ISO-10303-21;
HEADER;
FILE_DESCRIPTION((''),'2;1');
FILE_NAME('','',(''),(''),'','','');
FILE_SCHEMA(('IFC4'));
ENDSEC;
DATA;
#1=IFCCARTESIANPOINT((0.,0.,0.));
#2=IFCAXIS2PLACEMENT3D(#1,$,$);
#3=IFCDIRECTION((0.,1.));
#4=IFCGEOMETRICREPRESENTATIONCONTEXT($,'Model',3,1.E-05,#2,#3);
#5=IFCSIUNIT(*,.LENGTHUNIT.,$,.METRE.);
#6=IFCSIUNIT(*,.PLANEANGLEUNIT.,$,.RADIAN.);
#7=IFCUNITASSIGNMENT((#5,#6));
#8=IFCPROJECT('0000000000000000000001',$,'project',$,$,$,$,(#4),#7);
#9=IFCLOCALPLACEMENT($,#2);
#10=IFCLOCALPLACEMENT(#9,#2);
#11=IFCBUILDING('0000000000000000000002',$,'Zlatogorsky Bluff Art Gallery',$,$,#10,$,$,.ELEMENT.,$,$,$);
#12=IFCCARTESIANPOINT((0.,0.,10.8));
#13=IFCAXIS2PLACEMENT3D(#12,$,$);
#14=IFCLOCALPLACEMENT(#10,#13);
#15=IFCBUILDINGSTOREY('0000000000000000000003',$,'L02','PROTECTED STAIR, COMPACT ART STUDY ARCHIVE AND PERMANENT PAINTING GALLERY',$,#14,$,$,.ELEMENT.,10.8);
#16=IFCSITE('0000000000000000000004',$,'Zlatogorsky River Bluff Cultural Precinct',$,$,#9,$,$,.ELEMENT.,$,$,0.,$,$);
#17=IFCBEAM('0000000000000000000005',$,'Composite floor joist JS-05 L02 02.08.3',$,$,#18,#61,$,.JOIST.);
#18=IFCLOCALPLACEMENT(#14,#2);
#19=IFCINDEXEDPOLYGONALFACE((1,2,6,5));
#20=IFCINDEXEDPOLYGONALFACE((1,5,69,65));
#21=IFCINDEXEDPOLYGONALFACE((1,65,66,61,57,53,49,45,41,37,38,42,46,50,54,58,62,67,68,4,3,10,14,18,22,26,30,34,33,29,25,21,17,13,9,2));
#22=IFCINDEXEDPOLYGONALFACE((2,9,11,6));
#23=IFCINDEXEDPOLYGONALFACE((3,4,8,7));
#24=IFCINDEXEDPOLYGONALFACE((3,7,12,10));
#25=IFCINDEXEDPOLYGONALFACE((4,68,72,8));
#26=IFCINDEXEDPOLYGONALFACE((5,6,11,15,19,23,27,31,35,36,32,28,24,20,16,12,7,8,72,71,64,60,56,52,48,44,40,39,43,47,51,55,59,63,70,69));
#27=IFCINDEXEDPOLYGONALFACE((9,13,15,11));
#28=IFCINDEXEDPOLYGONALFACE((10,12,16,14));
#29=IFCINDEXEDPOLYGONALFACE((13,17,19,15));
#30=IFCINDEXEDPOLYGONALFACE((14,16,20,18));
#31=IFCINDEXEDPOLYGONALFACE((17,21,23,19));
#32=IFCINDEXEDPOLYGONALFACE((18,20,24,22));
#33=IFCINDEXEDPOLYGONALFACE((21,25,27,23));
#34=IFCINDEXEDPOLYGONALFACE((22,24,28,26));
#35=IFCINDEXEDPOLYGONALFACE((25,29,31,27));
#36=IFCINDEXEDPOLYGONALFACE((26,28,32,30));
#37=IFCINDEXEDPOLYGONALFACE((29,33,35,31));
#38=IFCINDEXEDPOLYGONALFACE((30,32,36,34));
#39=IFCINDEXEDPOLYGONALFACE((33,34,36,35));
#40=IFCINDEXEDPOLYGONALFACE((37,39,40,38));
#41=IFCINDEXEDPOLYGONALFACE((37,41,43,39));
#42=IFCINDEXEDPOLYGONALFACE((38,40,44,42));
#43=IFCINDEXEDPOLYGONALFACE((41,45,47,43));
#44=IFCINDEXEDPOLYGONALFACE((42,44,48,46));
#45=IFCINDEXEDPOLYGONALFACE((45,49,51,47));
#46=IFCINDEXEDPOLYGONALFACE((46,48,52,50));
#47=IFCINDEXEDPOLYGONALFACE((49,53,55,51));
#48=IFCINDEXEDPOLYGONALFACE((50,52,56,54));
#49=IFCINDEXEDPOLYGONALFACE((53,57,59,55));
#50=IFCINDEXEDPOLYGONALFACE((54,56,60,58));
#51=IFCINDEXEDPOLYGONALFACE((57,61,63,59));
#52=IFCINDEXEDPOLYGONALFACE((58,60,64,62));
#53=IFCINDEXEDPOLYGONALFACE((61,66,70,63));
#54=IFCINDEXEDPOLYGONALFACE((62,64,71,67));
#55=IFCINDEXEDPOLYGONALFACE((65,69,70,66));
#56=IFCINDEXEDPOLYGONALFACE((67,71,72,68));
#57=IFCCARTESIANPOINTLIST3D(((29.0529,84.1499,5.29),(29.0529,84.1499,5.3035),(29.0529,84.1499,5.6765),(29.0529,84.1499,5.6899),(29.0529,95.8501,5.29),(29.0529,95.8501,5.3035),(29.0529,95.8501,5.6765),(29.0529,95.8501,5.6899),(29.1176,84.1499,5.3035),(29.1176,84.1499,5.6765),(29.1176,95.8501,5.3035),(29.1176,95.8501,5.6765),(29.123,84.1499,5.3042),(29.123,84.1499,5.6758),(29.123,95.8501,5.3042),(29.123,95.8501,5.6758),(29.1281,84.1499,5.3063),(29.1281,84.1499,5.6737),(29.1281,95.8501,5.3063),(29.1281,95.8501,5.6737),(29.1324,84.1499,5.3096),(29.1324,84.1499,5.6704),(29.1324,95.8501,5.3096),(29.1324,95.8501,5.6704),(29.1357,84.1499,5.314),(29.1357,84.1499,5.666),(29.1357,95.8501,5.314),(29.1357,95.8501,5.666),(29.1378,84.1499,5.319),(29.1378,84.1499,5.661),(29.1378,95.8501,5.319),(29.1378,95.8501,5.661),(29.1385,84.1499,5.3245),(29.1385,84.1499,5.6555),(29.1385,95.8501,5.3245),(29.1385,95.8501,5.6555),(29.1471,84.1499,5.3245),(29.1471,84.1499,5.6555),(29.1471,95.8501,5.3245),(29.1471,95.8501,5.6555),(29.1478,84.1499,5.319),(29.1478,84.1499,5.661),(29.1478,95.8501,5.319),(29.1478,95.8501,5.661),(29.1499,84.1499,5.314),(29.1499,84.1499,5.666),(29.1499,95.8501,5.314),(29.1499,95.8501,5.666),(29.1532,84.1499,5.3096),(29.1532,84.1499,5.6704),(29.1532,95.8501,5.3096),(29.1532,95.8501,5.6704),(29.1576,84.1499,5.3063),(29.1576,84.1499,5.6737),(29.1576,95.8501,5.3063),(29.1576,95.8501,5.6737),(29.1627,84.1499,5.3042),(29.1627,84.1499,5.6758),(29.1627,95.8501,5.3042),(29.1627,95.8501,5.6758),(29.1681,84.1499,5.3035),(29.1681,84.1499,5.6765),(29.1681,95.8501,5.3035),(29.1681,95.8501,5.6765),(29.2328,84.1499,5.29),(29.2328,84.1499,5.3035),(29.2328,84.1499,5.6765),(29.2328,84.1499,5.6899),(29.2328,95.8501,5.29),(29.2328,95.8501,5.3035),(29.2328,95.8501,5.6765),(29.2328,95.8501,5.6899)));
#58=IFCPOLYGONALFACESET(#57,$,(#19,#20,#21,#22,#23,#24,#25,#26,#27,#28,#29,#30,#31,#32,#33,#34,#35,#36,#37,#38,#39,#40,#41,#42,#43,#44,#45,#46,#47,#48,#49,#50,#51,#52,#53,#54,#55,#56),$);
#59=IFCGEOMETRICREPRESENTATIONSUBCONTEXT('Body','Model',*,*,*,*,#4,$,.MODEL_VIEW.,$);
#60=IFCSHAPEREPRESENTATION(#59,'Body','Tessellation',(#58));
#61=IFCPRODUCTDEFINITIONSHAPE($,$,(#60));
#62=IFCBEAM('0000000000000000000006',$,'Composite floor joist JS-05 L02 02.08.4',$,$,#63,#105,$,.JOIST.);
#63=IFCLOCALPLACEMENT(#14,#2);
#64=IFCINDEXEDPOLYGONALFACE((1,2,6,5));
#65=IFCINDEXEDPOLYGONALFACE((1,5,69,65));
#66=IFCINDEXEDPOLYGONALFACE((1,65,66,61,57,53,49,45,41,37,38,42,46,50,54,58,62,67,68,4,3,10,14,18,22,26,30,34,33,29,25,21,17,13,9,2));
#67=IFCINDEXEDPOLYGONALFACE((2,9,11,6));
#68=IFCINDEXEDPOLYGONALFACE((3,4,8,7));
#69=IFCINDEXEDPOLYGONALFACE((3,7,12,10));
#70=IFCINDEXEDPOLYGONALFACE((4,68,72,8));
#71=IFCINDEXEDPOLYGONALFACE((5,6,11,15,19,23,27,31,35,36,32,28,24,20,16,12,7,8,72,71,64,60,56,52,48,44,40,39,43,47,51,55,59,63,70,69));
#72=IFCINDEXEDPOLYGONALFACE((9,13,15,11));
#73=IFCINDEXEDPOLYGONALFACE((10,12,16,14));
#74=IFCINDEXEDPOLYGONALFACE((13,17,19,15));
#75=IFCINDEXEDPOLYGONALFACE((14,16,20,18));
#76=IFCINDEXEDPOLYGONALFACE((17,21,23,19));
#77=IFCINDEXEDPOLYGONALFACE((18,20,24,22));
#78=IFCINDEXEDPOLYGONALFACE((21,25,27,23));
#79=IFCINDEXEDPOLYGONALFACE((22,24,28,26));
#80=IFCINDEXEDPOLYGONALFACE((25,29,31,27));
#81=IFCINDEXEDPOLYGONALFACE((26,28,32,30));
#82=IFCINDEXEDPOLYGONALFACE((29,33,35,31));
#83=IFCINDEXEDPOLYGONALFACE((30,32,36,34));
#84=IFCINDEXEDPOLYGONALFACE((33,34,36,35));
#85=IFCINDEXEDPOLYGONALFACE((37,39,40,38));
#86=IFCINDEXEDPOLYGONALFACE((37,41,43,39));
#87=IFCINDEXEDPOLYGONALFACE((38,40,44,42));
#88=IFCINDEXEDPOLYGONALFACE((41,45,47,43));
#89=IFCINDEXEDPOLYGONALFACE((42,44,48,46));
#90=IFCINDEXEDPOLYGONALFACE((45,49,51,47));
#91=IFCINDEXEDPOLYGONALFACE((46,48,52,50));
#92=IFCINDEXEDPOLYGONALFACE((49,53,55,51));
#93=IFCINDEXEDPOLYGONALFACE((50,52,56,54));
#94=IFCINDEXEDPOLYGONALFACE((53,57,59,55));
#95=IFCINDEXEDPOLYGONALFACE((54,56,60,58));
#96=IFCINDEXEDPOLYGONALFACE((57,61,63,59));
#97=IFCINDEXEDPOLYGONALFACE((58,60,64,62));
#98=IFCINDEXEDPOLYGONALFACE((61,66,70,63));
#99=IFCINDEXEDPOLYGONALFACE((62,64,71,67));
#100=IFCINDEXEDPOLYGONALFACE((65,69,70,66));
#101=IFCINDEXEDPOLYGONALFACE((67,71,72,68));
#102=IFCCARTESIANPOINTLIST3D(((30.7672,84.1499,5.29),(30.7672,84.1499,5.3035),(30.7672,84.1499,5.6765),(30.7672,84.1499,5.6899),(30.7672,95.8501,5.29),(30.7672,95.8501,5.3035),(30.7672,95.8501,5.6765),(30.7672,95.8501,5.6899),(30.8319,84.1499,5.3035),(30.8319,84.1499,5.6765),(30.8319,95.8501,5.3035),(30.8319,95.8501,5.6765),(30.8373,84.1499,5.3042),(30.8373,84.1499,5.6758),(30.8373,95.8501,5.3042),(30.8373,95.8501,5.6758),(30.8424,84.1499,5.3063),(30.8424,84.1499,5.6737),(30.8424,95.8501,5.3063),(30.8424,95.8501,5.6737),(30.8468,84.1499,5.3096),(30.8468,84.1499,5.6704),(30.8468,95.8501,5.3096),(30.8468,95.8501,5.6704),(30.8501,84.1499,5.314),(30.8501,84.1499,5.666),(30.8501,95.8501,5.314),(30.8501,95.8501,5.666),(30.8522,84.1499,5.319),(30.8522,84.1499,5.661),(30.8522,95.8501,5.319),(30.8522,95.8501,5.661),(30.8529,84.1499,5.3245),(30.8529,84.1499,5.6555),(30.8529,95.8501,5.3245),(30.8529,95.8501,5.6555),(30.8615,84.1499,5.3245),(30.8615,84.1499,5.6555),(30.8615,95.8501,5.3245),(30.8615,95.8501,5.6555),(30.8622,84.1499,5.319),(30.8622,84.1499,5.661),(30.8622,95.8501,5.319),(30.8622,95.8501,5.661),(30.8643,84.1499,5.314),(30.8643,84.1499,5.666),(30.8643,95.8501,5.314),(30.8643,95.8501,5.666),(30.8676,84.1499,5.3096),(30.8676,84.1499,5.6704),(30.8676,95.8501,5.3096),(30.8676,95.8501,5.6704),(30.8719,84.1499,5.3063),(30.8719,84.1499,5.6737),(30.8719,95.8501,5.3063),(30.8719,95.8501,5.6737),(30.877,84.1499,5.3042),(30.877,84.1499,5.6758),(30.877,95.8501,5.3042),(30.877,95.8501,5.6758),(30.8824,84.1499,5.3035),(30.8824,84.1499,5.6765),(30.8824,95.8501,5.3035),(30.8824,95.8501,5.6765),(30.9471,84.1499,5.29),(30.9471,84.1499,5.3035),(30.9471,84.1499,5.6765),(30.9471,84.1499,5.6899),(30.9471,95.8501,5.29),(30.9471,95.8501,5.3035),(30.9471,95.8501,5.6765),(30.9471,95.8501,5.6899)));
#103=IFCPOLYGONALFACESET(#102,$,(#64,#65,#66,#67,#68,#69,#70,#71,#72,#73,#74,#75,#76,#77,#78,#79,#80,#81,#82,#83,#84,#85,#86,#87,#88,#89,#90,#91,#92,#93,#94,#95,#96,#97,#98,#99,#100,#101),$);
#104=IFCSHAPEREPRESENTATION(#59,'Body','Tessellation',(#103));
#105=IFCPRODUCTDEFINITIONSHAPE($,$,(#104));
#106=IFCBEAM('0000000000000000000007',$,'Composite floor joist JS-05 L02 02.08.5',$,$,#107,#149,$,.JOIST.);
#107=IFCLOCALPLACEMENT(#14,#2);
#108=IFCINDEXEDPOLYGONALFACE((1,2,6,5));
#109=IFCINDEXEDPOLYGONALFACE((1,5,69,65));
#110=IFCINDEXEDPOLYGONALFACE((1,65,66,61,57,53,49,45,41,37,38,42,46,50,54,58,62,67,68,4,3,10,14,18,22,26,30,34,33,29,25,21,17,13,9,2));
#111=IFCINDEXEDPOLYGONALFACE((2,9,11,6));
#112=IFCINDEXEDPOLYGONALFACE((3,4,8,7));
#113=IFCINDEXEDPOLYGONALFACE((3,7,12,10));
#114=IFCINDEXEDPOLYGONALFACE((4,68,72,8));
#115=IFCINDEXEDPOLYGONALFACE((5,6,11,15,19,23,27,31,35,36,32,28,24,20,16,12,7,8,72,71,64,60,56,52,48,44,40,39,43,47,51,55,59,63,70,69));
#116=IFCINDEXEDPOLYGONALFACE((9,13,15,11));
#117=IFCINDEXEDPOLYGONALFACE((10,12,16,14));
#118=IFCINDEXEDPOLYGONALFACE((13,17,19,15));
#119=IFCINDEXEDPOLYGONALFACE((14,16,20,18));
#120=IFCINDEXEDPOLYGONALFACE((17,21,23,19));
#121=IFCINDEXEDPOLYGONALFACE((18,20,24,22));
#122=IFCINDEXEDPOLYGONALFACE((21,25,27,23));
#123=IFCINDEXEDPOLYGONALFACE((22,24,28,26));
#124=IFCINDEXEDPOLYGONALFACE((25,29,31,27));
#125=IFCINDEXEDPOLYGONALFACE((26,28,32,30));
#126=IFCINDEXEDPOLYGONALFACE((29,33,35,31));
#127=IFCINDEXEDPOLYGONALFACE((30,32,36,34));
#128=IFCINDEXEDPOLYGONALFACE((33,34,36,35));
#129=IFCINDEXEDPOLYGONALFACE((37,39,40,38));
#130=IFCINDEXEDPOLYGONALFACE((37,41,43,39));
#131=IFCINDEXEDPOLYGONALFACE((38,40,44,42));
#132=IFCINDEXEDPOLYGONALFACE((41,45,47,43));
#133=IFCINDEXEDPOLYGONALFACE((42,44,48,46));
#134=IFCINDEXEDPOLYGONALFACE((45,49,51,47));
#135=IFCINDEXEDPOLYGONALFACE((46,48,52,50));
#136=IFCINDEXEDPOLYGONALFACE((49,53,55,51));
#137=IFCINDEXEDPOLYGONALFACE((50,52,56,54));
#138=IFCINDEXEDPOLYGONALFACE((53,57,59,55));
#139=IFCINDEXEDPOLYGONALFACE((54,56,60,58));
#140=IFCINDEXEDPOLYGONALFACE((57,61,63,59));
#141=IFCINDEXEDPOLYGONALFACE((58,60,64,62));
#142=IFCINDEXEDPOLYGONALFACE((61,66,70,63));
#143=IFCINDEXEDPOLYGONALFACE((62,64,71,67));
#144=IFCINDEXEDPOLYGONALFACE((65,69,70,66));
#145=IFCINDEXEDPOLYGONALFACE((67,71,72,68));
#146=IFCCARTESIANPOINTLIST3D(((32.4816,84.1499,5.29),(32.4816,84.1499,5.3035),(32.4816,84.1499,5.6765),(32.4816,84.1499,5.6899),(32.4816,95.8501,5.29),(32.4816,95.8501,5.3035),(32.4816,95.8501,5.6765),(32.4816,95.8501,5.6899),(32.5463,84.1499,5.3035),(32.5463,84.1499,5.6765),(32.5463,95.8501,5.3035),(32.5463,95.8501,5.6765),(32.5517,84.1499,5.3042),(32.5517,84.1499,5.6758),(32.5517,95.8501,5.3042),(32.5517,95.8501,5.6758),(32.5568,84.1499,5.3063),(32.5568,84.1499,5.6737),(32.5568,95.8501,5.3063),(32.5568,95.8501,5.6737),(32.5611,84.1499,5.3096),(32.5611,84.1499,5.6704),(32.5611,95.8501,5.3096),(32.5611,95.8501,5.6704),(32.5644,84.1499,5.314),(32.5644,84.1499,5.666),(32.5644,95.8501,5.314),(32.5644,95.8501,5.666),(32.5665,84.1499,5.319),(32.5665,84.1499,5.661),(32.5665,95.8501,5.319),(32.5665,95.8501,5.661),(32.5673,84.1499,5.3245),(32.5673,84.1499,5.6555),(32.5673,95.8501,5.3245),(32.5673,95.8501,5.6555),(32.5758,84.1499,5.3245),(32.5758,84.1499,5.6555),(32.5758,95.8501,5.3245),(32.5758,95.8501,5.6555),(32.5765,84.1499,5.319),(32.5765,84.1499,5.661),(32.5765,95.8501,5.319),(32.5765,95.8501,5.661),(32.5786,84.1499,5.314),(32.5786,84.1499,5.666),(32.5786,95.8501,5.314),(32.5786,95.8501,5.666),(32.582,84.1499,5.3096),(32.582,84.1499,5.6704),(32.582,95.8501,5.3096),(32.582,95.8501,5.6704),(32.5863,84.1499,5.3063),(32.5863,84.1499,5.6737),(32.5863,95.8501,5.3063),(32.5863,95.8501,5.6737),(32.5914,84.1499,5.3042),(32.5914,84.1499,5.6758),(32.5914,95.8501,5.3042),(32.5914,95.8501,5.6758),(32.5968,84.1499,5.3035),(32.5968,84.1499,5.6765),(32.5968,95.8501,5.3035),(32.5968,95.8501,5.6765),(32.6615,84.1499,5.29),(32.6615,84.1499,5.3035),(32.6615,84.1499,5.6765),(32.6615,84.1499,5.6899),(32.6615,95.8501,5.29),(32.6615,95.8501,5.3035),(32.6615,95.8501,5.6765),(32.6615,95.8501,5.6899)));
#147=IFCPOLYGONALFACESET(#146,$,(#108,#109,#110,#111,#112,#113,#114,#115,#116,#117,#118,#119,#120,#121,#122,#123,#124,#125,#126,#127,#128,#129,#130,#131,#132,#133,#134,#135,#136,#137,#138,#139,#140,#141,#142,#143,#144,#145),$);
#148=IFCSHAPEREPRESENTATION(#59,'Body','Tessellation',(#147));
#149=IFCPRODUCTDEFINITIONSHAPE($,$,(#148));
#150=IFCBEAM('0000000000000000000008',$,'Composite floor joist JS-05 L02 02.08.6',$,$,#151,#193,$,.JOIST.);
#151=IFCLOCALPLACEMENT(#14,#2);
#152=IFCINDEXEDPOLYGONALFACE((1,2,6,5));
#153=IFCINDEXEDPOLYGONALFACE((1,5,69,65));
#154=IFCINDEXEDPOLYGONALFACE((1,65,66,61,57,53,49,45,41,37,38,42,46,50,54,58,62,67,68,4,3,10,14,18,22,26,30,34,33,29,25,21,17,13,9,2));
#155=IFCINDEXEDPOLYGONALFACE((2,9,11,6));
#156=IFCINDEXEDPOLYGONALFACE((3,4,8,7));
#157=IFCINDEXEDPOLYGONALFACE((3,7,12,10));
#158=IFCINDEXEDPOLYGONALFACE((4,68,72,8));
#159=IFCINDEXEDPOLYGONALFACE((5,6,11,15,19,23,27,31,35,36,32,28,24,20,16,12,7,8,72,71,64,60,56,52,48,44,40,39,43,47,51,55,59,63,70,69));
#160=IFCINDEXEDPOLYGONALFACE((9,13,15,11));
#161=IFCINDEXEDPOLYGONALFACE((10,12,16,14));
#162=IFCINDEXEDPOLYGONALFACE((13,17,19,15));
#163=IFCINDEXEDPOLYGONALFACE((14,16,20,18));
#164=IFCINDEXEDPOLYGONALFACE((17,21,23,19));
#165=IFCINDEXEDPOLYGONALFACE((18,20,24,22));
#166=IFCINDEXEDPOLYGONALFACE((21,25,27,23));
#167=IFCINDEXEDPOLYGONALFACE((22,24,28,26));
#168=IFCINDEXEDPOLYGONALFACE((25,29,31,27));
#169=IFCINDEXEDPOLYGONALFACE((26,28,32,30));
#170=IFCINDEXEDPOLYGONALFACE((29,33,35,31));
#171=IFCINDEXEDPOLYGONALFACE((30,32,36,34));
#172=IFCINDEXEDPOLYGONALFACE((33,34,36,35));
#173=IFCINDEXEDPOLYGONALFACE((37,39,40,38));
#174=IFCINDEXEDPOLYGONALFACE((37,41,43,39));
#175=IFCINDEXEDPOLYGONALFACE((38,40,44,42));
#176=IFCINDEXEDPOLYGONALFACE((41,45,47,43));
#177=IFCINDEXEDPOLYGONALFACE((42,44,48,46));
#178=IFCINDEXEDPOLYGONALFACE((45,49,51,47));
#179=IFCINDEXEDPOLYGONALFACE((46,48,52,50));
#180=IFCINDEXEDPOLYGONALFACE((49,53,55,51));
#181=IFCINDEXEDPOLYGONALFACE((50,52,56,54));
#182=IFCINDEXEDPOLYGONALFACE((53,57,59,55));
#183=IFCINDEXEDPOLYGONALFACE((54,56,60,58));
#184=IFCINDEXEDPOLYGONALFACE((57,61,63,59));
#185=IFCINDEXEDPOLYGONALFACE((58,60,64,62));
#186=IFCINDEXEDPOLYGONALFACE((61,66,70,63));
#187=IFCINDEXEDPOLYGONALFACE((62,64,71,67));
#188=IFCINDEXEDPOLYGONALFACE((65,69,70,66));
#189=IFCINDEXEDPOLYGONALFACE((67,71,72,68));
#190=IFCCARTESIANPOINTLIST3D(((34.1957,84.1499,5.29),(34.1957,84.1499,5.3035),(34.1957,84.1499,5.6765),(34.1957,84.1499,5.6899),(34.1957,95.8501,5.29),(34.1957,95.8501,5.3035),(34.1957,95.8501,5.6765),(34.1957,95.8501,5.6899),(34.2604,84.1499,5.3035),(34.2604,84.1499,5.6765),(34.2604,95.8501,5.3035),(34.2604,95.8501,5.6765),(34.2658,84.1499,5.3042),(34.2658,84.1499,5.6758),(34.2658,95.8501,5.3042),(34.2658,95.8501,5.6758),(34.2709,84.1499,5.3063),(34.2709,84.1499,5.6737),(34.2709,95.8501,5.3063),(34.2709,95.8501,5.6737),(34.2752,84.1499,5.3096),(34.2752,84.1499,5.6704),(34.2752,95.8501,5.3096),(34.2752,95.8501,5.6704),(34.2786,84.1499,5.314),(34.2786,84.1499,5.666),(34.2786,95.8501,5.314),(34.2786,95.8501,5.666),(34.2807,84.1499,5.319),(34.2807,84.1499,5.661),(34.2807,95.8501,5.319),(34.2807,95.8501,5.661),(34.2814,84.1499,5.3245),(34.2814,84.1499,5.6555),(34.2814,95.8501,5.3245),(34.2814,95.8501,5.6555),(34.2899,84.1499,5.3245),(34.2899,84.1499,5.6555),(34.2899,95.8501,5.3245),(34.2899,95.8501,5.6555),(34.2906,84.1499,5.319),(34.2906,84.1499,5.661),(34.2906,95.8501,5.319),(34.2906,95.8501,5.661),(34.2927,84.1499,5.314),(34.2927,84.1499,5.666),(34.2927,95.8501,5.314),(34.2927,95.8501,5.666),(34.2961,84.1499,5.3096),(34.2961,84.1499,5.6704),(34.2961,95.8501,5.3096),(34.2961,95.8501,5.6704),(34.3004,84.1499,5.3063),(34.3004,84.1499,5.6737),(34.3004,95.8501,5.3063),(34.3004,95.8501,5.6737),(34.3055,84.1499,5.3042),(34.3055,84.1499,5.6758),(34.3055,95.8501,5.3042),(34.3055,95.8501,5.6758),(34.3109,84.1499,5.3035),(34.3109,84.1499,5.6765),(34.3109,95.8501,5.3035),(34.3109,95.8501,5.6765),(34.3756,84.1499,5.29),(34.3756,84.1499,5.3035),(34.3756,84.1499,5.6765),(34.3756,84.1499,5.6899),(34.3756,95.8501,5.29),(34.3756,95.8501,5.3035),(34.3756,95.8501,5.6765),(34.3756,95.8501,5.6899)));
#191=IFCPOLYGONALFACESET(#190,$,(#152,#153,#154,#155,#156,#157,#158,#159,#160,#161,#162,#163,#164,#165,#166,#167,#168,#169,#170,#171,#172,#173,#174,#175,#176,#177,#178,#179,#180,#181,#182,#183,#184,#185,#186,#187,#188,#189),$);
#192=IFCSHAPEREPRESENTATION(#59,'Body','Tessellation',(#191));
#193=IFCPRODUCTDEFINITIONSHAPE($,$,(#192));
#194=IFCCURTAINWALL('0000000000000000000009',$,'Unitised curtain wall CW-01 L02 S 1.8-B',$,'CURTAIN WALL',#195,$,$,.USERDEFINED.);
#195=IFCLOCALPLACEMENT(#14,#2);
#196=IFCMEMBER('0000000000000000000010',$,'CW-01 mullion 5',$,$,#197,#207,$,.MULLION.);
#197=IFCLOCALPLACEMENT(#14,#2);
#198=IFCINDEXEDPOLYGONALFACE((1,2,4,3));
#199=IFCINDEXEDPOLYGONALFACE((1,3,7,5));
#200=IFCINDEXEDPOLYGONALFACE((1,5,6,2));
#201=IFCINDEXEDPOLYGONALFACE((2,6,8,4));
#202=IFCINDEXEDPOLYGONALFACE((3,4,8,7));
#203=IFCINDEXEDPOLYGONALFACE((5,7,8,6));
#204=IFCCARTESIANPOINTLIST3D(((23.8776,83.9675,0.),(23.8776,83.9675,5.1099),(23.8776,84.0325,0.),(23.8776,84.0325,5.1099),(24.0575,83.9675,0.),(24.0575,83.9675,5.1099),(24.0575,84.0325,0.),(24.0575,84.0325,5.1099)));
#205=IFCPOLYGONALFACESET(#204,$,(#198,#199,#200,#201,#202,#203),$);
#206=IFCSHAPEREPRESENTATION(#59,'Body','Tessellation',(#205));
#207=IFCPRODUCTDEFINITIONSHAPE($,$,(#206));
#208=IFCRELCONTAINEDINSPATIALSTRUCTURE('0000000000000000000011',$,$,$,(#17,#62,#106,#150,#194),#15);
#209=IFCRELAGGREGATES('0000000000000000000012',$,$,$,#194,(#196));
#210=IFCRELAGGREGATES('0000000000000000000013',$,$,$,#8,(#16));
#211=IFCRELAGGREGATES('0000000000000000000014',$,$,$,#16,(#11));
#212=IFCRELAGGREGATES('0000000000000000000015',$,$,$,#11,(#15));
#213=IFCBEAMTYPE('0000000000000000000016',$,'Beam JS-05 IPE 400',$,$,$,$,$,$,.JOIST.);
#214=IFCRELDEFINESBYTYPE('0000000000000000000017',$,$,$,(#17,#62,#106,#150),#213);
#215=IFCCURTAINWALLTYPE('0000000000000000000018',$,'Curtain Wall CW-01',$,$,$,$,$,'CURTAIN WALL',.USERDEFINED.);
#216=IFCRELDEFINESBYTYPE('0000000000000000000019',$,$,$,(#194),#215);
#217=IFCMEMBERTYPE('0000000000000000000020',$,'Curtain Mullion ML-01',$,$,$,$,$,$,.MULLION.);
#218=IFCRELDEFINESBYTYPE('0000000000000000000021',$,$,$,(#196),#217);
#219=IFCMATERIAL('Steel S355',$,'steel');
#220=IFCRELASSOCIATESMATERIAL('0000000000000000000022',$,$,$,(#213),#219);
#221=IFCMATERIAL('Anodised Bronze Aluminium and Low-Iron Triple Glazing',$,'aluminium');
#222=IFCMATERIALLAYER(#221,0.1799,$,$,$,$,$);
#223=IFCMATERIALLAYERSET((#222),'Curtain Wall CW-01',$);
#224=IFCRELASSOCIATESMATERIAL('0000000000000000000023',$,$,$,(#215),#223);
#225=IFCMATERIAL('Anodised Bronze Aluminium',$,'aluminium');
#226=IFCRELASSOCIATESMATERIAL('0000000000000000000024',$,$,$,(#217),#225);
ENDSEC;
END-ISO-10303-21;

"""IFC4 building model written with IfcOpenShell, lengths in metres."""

from ifc_helpers import new_model, si_unit, direction, frame, origin, origin_2d, place, context, subcontext, project, spatial, rectangle, i_section, extrude, material, layer, layer_set, material_profile, profile_set, type_object, element, aggregate, save


model = new_model("IFC4")

# Units and contexts
model_context = context("Model", 3, precision=1e-05, world=origin(), true_north=direction((0.0, 1.0)))
body_context = subcontext(model_context, "Body", "Model", "MODEL_VIEW")
ifc_project = project(units=[si_unit("LENGTHUNIT", "METRE"), si_unit("PLANEANGLEUNIT", "RADIAN")], contexts=[model_context])

# Site, building, storey
site_placement = place(None, origin())
site = spatial("IfcSite", under=ifc_project, at=site_placement, Name="Zlatogorsky River Bluff Cultural Precinct", CompositionType="ELEMENT", RefElevation=0.0)
building_placement = place(site_placement, origin())
building = spatial("IfcBuilding", under=site, at=building_placement, Name="Zlatogorsky Bluff Art Gallery", CompositionType="ELEMENT")
storey_placement = place(building_placement, frame((0.0, 0.0, 10.8)))
storey = spatial("IfcBuildingStorey", under=building, at=storey_placement, Name="L02", Description="PROTECTED STAIR, COMPACT ART STUDY ARCHIVE AND PERMANENT PAINTING GALLERY", CompositionType="ELEMENT", Elevation=10.8)

# Shared definitions
ifc_material_1 = material(Name="Steel S355", Category="steel")

# Beams
ifc_material_profile_1 = material_profile(ifc_material_1, i_section(OverallWidth=0.1799, OverallDepth=0.3999, WebThickness=0.0085, FlangeThickness=0.0134, FilletRadius=0.021, at=origin_2d()), Name="IPE 400")
ifc_profile_set_1 = profile_set([ifc_material_profile_1], Name="Steel S355")
beam_type_1 = type_object("IfcBeamType", Name="Beam JS-05 IPE 400", PredefinedType="JOIST", material=ifc_profile_set_1)
for number, where, z_axis, x_axis, name in (
    (1, (29.1428, 84.1499, 5.49), (0.0, 1.0, 0.0), (-1.0, 0.0, 0.0), "Composite floor joist JS-05 L02 02.08.3"),
    (2, (30.8572, 84.1499, 5.49), (0.0, 1.0, 0.0), (-1.0, 0.0, 0.0), "Composite floor joist JS-05 L02 02.08.4"),
    (3, (32.5715, 84.1499, 5.49), (0.0, 1.0, 0.0), (-1.0, 0.0, 0.0), "Composite floor joist JS-05 L02 02.08.5"),
    (4, (34.2856, 84.1499, 5.49), (0.0, 1.0, 0.0), (-1.0, 0.0, 0.0), "Composite floor joist JS-05 L02 02.08.6"),
):
    element("IfcBeam", number, at=place(storey_placement, frame(where, z_axis=z_axis, x_axis=x_axis)), inside=storey, type_object=beam_type_1, Name=name, PredefinedType="JOIST", context=body_context, shape_type="SweptSolid", body=[
        extrude(i_section(OverallWidth=0.1799, OverallDepth=0.3999, WebThickness=0.0085, FlangeThickness=0.0134, FilletRadius=0.021, at=origin_2d()), origin(), (0.0, 0.0, 1.0), 11.7002),
    ])

# Curtain wall, member
ifc_material_2 = material(Name="Anodised Bronze Aluminium and Low-Iron Triple Glazing", Category="aluminium")
ifc_layer_1 = layer(ifc_material_2, 0.1799)
ifc_layer_set_1 = layer_set([ifc_layer_1], Name="Curtain Wall CW-01")
curtain_wall_type = type_object("IfcCurtainWallType", Name="Curtain Wall CW-01", ElementType="CURTAIN WALL", PredefinedType="USERDEFINED", material=ifc_layer_set_1)
curtain_wall_placement = place(storey_placement, origin())
curtain_wall = element("IfcCurtainWall", 5, at=curtain_wall_placement, inside=storey, type_object=curtain_wall_type, Name="Unitised curtain wall CW-01 L02 S 1.8-B", ObjectType="CURTAIN WALL", PredefinedType="USERDEFINED")
ifc_material_3 = material(Name="Anodised Bronze Aluminium", Category="aluminium")
ifc_material_profile_2 = material_profile(ifc_material_3, rectangle(XDim=0.0649, YDim=0.1799, at=origin_2d()), Name="ALU MULLION 65x180")
ifc_profile_set_2 = profile_set([ifc_material_profile_2], Name="Anodised Bronze Aluminium")
member_type_1 = type_object("IfcMemberType", Name="Curtain Mullion ML-01", PredefinedType="MULLION", material=ifc_profile_set_2)
member_1_placement = place(storey_placement, frame((23.9675, 84.0, 0.0), z_axis=(0.0, 0.0, 1.0), x_axis=(0.0, 1.0, 0.0)))
member_1 = element("IfcMember", 6, at=member_1_placement, type_object=member_type_1, Name="CW-01 mullion 5", PredefinedType="MULLION", context=body_context, shape_type="SweptSolid", body=[
    extrude(rectangle(XDim=0.0649, YDim=0.1799, at=origin_2d()), origin(), (0.0, 0.0, 1.0), 5.1099),
])
aggregate(curtain_wall, [member_1])

save(model, "model.ifc")
